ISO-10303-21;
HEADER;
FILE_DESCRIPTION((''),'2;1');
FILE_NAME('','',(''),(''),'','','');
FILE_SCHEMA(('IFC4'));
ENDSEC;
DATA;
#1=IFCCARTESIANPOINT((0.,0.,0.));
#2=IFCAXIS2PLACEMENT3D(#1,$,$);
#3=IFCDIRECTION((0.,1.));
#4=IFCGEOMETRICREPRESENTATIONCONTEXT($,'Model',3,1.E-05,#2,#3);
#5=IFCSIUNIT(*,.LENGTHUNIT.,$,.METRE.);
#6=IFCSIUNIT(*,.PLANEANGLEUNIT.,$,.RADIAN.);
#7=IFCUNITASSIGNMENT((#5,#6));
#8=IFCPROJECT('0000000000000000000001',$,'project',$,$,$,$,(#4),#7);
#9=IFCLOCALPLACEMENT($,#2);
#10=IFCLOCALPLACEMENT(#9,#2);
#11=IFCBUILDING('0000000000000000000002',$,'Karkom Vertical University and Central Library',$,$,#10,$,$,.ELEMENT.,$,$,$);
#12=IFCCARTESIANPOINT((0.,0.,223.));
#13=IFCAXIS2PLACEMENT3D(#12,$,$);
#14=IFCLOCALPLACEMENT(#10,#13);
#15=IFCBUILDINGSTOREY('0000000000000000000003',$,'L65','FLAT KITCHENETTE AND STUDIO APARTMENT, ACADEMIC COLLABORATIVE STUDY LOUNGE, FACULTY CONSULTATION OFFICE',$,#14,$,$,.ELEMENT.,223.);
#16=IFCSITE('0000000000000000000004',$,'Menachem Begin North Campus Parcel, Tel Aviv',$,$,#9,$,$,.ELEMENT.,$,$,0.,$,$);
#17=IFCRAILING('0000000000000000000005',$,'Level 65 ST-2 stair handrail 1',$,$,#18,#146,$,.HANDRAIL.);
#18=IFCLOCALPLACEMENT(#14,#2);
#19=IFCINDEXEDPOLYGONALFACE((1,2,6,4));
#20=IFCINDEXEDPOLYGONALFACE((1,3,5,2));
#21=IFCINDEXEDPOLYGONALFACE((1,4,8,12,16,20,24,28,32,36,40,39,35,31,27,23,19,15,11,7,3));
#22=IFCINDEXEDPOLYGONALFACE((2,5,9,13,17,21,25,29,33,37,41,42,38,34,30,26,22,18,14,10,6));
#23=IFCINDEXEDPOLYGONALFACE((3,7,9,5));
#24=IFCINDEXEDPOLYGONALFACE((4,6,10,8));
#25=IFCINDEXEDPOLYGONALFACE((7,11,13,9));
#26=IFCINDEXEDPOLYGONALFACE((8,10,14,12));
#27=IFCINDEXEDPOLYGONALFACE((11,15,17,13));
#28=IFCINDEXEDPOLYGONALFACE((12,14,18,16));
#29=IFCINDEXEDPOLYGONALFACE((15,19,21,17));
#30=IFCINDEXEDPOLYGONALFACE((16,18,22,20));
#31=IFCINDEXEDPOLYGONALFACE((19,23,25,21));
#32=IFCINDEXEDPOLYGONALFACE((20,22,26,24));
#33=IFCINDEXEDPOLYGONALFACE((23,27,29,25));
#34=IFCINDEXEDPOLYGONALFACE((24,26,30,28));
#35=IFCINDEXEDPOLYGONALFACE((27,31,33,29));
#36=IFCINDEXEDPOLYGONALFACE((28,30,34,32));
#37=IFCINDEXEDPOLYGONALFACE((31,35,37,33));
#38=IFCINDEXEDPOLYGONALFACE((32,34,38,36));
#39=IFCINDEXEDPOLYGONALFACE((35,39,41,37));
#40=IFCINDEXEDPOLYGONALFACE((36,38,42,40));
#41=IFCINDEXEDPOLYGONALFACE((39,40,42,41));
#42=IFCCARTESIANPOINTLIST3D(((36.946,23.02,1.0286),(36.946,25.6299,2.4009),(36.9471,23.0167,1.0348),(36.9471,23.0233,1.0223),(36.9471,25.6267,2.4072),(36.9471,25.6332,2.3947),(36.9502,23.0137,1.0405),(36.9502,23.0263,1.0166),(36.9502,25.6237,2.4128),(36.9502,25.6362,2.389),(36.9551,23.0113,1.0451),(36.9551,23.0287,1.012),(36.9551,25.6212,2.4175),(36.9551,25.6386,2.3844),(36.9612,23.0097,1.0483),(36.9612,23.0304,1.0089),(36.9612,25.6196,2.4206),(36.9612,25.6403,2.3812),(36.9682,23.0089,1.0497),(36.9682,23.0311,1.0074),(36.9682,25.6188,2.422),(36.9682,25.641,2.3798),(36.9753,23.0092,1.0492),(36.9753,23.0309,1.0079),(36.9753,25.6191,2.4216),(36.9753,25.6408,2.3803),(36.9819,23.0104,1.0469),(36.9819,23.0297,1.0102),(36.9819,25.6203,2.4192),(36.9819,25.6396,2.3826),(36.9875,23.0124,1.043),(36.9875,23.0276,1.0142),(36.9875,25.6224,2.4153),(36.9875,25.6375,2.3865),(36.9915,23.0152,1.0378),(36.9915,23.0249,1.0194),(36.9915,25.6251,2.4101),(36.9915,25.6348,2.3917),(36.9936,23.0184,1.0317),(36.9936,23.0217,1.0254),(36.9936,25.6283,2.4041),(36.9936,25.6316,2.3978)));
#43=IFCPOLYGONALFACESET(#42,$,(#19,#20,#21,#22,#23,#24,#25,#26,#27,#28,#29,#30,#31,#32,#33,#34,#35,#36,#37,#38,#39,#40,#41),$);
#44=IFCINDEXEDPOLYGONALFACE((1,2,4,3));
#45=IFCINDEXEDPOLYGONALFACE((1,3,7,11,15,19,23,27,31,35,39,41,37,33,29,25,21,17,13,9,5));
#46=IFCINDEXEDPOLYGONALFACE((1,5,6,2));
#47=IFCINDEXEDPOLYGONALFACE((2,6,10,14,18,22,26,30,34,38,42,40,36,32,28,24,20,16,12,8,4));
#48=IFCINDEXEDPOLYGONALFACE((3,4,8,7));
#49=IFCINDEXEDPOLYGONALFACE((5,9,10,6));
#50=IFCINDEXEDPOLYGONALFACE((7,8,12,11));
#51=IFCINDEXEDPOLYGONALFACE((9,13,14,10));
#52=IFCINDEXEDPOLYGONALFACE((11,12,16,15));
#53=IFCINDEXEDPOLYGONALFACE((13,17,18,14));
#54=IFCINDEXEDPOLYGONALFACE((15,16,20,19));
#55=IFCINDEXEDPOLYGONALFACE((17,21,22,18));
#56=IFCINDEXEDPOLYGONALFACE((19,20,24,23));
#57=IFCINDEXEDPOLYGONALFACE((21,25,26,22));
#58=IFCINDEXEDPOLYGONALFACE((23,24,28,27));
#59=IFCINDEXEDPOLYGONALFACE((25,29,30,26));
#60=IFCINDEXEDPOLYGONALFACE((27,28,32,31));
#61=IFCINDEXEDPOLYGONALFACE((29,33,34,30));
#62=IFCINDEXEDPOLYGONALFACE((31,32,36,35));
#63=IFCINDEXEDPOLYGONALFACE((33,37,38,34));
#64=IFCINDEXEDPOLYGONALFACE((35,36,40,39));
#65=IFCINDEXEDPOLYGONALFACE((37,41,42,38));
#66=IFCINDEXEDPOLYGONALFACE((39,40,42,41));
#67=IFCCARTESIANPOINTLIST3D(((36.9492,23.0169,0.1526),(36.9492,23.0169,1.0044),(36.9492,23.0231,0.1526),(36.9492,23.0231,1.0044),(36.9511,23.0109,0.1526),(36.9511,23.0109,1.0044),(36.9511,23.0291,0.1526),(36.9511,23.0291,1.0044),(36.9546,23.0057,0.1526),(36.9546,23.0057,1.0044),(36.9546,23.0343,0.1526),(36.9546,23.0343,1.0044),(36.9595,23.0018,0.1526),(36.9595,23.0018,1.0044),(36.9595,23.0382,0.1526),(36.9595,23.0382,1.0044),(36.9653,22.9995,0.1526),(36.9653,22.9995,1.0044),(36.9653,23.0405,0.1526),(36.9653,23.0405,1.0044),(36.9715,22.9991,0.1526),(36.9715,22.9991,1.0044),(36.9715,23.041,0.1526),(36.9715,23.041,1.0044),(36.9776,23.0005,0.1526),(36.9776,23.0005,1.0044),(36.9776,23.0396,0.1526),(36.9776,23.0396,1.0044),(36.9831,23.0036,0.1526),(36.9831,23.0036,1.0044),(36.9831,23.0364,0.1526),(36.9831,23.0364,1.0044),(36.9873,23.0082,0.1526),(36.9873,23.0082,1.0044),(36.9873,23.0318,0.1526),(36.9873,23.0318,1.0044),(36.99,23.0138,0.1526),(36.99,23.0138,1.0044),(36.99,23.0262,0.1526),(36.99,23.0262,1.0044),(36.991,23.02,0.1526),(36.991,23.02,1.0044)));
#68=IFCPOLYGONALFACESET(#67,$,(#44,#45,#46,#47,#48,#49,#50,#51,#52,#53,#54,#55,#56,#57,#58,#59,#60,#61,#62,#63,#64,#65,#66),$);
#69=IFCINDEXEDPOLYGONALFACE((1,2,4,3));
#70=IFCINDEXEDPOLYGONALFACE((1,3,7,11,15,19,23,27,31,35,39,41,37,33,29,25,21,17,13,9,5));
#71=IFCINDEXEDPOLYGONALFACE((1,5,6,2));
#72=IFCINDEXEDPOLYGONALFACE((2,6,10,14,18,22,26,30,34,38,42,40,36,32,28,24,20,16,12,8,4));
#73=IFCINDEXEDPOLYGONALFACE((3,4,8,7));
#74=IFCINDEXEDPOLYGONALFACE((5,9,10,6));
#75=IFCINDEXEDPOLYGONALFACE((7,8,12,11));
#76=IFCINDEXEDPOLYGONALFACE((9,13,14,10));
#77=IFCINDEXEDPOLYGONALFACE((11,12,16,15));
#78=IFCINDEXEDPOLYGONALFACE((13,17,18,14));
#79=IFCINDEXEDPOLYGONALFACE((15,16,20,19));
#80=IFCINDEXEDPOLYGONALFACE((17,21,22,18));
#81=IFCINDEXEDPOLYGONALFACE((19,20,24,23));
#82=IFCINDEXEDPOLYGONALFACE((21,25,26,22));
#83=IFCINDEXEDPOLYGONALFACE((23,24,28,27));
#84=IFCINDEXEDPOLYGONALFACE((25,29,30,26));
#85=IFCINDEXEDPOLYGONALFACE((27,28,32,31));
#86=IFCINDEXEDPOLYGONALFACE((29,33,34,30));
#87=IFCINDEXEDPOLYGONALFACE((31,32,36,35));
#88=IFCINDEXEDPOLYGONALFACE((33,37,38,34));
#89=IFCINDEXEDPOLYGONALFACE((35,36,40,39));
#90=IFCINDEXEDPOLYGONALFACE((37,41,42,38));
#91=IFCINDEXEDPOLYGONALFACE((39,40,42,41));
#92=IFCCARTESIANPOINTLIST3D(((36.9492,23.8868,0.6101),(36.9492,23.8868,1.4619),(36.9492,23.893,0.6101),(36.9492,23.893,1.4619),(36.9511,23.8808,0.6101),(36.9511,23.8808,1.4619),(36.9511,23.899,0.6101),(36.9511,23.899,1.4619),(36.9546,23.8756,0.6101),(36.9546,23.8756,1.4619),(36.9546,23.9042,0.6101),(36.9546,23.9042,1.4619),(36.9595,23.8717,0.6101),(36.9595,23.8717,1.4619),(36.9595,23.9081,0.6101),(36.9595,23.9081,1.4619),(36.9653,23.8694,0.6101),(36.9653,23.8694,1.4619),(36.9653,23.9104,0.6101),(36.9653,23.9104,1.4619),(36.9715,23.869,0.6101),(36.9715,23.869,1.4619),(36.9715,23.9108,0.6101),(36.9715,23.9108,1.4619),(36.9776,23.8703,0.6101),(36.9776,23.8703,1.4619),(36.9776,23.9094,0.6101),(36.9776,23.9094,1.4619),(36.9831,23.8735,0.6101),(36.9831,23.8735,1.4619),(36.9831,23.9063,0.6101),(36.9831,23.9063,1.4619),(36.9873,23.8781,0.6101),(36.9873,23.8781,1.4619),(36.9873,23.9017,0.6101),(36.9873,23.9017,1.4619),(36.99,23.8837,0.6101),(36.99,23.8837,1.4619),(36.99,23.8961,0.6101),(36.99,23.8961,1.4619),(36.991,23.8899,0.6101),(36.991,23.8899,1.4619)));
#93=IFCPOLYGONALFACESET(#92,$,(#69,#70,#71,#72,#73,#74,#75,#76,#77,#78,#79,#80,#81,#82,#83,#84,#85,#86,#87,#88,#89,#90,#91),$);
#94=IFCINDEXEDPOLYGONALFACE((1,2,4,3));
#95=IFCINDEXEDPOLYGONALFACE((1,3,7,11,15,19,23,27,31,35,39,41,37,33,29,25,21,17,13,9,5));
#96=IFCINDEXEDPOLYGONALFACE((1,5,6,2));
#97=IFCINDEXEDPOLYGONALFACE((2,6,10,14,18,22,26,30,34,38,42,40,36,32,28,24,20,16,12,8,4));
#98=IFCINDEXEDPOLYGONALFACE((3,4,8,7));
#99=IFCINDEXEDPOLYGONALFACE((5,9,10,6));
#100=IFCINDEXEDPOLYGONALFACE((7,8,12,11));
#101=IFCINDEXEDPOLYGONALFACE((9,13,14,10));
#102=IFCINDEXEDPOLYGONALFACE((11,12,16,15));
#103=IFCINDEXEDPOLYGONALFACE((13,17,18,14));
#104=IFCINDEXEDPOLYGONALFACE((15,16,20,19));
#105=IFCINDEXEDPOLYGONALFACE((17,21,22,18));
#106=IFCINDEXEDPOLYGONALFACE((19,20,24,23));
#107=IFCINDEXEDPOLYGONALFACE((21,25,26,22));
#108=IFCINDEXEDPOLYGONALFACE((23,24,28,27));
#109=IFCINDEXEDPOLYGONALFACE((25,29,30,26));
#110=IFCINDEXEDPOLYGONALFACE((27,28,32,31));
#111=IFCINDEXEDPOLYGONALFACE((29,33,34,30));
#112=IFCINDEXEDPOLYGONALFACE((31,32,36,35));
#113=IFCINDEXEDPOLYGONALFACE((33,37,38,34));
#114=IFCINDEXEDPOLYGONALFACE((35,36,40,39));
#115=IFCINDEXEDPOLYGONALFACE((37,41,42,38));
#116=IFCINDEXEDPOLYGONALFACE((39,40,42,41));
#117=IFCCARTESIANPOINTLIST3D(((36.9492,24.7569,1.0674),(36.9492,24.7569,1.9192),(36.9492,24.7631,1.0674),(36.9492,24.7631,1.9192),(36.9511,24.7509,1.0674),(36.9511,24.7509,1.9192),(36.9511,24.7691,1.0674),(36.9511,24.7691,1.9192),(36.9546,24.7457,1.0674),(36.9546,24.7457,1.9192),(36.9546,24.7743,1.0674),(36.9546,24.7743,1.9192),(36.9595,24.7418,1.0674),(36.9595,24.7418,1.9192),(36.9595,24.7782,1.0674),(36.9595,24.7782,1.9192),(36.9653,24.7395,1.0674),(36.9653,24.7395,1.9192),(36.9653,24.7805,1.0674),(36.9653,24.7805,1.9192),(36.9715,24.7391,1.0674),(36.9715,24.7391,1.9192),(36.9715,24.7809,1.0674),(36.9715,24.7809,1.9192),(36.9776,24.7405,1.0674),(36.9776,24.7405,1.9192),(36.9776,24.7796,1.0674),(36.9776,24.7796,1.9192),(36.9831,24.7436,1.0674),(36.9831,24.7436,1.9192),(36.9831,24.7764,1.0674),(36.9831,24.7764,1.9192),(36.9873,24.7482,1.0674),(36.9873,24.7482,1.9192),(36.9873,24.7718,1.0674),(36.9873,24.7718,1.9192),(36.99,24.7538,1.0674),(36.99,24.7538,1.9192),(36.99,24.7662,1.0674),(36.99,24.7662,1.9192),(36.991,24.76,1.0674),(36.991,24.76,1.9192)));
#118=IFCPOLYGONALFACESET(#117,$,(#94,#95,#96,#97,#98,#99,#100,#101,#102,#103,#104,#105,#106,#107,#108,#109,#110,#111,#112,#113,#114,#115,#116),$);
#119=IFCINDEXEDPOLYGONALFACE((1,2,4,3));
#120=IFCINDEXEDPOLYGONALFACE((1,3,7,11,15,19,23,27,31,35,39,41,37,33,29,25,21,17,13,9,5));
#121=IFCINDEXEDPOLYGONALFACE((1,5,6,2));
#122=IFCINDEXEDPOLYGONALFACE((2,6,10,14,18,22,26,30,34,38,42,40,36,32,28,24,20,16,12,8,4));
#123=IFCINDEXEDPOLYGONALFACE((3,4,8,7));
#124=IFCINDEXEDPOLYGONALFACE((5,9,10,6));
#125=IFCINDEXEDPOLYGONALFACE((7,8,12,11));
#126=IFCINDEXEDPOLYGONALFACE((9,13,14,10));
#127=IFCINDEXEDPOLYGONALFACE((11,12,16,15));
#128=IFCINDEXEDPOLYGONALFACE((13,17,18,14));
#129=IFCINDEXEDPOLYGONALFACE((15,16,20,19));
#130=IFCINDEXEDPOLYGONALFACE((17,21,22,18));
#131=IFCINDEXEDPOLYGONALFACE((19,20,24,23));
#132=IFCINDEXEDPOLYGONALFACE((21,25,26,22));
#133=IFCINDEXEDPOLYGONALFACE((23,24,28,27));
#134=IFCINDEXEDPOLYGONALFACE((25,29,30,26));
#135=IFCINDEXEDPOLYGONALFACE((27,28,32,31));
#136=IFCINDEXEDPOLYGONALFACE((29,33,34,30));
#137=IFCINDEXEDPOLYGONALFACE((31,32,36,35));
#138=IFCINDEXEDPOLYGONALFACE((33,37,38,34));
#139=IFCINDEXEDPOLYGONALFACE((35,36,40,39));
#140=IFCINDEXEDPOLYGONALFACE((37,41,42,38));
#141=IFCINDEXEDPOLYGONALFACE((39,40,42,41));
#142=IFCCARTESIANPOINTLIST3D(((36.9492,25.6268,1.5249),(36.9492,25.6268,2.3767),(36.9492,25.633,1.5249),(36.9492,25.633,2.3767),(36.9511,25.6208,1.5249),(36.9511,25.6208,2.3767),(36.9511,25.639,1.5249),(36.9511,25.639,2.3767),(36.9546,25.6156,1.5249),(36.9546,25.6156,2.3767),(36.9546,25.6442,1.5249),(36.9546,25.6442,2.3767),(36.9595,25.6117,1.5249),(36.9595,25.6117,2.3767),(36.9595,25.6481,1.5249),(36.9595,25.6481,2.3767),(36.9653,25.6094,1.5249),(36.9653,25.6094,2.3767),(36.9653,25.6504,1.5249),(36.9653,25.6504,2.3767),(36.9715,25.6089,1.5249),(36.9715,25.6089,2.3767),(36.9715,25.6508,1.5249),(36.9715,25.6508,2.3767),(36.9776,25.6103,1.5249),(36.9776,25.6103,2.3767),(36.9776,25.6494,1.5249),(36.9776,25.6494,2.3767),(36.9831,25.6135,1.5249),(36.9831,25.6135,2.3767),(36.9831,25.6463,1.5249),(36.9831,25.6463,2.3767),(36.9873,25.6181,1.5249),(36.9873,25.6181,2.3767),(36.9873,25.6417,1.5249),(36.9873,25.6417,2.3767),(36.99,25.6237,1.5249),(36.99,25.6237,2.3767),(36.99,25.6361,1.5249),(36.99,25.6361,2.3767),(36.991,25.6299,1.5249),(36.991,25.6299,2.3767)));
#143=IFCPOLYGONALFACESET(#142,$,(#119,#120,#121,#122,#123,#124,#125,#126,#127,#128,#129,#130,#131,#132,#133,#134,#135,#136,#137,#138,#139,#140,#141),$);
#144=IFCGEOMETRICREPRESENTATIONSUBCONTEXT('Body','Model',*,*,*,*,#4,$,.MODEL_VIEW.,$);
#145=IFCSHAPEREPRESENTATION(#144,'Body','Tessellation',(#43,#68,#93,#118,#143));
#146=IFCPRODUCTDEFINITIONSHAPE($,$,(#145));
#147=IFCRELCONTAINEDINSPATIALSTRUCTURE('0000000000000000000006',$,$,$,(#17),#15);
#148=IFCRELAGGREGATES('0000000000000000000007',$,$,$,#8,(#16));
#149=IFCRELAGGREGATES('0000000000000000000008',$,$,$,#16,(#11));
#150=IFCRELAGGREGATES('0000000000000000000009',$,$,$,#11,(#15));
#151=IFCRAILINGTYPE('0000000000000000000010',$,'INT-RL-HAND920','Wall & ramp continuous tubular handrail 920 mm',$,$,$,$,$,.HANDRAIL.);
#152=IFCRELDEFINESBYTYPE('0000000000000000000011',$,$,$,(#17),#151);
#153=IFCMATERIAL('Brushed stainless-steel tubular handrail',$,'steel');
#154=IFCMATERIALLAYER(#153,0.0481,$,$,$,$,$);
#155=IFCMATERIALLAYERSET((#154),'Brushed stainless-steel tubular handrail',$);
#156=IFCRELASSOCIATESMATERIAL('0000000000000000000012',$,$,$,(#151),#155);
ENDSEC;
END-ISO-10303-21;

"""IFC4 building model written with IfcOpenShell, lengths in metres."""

from ifc_helpers import new_model, si_unit, direction, frame, origin, origin_2d, place, context, subcontext, project, spatial, circle, extrude, material, layer, layer_set, type_object, element, save


model = new_model("IFC4")

# Units and contexts
model_context = context("Model", 3, precision=1e-05, world=origin(), true_north=direction((0.0, 1.0)))
body_context = subcontext(model_context, "Body", "Model", "MODEL_VIEW")
ifc_project = project(units=[si_unit("LENGTHUNIT", "METRE"), si_unit("PLANEANGLEUNIT", "RADIAN")], contexts=[model_context])

# Site, building, storey
site_placement = place(None, origin())
site = spatial("IfcSite", under=ifc_project, at=site_placement, Name="Menachem Begin North Campus Parcel, Tel Aviv", CompositionType="ELEMENT", RefElevation=0.0)
building_placement = place(site_placement, origin())
building = spatial("IfcBuilding", under=site, at=building_placement, Name="Karkom Vertical University and Central Library", CompositionType="ELEMENT")
storey_placement = place(building_placement, frame((0.0, 0.0, 223.0)))
storey = spatial("IfcBuildingStorey", under=building, at=storey_placement, Name="L65", Description="FLAT KITCHENETTE AND STUDIO APARTMENT, ACADEMIC COLLABORATIVE STUDY LOUNGE, FACULTY CONSULTATION OFFICE", CompositionType="ELEMENT", Elevation=223.0)

# Railing
ifc_material_1 = material(Name="Brushed stainless-steel tubular handrail", Category="steel")
ifc_layer_1 = layer(ifc_material_1, 0.0481)
ifc_layer_set_1 = layer_set([ifc_layer_1], Name="Brushed stainless-steel tubular handrail")
railing_type_1 = type_object("IfcRailingType", Name="INT-RL-HAND920", Description="Wall & ramp continuous tubular handrail 920 mm", PredefinedType="HANDRAIL", material=ifc_layer_set_1)
railing_1_placement = place(storey_placement, frame((36.97, 23.02, 0.1526)))
element("IfcRailing", 1, at=railing_1_placement, inside=storey, type_object=railing_type_1, Name="Level 65 ST-2 stair handrail 1", PredefinedType="HANDRAIL", context=body_context, shape_type="SweptSolid", body=[
    extrude(circle(Radius=0.0239, at=origin_2d()), frame((0.0, 0.0, 0.876), z_axis=(0.0, 0.8851, 0.465402), x_axis=(-1.0, 0.0, 0.0)), (0.0, 0.0, 1.0), 2.9487),
    extrude(circle(Radius=0.021, at=origin_2d()), origin(), (0.0, 0.0, 1.0), 0.8518),
    extrude(circle(Radius=0.021, at=origin_2d()), frame((0.0, 0.8699, 0.4575)), (0.0, 0.0, 1.0), 0.8518),
    extrude(circle(Radius=0.021, at=origin_2d()), frame((0.0, 1.74, 0.9148)), (0.0, 0.0, 1.0), 0.8518),
    extrude(circle(Radius=0.021, at=origin_2d()), frame((0.0, 2.6099, 1.3723)), (0.0, 0.0, 1.0), 0.8518),
])

save(model, "model.ifc")
